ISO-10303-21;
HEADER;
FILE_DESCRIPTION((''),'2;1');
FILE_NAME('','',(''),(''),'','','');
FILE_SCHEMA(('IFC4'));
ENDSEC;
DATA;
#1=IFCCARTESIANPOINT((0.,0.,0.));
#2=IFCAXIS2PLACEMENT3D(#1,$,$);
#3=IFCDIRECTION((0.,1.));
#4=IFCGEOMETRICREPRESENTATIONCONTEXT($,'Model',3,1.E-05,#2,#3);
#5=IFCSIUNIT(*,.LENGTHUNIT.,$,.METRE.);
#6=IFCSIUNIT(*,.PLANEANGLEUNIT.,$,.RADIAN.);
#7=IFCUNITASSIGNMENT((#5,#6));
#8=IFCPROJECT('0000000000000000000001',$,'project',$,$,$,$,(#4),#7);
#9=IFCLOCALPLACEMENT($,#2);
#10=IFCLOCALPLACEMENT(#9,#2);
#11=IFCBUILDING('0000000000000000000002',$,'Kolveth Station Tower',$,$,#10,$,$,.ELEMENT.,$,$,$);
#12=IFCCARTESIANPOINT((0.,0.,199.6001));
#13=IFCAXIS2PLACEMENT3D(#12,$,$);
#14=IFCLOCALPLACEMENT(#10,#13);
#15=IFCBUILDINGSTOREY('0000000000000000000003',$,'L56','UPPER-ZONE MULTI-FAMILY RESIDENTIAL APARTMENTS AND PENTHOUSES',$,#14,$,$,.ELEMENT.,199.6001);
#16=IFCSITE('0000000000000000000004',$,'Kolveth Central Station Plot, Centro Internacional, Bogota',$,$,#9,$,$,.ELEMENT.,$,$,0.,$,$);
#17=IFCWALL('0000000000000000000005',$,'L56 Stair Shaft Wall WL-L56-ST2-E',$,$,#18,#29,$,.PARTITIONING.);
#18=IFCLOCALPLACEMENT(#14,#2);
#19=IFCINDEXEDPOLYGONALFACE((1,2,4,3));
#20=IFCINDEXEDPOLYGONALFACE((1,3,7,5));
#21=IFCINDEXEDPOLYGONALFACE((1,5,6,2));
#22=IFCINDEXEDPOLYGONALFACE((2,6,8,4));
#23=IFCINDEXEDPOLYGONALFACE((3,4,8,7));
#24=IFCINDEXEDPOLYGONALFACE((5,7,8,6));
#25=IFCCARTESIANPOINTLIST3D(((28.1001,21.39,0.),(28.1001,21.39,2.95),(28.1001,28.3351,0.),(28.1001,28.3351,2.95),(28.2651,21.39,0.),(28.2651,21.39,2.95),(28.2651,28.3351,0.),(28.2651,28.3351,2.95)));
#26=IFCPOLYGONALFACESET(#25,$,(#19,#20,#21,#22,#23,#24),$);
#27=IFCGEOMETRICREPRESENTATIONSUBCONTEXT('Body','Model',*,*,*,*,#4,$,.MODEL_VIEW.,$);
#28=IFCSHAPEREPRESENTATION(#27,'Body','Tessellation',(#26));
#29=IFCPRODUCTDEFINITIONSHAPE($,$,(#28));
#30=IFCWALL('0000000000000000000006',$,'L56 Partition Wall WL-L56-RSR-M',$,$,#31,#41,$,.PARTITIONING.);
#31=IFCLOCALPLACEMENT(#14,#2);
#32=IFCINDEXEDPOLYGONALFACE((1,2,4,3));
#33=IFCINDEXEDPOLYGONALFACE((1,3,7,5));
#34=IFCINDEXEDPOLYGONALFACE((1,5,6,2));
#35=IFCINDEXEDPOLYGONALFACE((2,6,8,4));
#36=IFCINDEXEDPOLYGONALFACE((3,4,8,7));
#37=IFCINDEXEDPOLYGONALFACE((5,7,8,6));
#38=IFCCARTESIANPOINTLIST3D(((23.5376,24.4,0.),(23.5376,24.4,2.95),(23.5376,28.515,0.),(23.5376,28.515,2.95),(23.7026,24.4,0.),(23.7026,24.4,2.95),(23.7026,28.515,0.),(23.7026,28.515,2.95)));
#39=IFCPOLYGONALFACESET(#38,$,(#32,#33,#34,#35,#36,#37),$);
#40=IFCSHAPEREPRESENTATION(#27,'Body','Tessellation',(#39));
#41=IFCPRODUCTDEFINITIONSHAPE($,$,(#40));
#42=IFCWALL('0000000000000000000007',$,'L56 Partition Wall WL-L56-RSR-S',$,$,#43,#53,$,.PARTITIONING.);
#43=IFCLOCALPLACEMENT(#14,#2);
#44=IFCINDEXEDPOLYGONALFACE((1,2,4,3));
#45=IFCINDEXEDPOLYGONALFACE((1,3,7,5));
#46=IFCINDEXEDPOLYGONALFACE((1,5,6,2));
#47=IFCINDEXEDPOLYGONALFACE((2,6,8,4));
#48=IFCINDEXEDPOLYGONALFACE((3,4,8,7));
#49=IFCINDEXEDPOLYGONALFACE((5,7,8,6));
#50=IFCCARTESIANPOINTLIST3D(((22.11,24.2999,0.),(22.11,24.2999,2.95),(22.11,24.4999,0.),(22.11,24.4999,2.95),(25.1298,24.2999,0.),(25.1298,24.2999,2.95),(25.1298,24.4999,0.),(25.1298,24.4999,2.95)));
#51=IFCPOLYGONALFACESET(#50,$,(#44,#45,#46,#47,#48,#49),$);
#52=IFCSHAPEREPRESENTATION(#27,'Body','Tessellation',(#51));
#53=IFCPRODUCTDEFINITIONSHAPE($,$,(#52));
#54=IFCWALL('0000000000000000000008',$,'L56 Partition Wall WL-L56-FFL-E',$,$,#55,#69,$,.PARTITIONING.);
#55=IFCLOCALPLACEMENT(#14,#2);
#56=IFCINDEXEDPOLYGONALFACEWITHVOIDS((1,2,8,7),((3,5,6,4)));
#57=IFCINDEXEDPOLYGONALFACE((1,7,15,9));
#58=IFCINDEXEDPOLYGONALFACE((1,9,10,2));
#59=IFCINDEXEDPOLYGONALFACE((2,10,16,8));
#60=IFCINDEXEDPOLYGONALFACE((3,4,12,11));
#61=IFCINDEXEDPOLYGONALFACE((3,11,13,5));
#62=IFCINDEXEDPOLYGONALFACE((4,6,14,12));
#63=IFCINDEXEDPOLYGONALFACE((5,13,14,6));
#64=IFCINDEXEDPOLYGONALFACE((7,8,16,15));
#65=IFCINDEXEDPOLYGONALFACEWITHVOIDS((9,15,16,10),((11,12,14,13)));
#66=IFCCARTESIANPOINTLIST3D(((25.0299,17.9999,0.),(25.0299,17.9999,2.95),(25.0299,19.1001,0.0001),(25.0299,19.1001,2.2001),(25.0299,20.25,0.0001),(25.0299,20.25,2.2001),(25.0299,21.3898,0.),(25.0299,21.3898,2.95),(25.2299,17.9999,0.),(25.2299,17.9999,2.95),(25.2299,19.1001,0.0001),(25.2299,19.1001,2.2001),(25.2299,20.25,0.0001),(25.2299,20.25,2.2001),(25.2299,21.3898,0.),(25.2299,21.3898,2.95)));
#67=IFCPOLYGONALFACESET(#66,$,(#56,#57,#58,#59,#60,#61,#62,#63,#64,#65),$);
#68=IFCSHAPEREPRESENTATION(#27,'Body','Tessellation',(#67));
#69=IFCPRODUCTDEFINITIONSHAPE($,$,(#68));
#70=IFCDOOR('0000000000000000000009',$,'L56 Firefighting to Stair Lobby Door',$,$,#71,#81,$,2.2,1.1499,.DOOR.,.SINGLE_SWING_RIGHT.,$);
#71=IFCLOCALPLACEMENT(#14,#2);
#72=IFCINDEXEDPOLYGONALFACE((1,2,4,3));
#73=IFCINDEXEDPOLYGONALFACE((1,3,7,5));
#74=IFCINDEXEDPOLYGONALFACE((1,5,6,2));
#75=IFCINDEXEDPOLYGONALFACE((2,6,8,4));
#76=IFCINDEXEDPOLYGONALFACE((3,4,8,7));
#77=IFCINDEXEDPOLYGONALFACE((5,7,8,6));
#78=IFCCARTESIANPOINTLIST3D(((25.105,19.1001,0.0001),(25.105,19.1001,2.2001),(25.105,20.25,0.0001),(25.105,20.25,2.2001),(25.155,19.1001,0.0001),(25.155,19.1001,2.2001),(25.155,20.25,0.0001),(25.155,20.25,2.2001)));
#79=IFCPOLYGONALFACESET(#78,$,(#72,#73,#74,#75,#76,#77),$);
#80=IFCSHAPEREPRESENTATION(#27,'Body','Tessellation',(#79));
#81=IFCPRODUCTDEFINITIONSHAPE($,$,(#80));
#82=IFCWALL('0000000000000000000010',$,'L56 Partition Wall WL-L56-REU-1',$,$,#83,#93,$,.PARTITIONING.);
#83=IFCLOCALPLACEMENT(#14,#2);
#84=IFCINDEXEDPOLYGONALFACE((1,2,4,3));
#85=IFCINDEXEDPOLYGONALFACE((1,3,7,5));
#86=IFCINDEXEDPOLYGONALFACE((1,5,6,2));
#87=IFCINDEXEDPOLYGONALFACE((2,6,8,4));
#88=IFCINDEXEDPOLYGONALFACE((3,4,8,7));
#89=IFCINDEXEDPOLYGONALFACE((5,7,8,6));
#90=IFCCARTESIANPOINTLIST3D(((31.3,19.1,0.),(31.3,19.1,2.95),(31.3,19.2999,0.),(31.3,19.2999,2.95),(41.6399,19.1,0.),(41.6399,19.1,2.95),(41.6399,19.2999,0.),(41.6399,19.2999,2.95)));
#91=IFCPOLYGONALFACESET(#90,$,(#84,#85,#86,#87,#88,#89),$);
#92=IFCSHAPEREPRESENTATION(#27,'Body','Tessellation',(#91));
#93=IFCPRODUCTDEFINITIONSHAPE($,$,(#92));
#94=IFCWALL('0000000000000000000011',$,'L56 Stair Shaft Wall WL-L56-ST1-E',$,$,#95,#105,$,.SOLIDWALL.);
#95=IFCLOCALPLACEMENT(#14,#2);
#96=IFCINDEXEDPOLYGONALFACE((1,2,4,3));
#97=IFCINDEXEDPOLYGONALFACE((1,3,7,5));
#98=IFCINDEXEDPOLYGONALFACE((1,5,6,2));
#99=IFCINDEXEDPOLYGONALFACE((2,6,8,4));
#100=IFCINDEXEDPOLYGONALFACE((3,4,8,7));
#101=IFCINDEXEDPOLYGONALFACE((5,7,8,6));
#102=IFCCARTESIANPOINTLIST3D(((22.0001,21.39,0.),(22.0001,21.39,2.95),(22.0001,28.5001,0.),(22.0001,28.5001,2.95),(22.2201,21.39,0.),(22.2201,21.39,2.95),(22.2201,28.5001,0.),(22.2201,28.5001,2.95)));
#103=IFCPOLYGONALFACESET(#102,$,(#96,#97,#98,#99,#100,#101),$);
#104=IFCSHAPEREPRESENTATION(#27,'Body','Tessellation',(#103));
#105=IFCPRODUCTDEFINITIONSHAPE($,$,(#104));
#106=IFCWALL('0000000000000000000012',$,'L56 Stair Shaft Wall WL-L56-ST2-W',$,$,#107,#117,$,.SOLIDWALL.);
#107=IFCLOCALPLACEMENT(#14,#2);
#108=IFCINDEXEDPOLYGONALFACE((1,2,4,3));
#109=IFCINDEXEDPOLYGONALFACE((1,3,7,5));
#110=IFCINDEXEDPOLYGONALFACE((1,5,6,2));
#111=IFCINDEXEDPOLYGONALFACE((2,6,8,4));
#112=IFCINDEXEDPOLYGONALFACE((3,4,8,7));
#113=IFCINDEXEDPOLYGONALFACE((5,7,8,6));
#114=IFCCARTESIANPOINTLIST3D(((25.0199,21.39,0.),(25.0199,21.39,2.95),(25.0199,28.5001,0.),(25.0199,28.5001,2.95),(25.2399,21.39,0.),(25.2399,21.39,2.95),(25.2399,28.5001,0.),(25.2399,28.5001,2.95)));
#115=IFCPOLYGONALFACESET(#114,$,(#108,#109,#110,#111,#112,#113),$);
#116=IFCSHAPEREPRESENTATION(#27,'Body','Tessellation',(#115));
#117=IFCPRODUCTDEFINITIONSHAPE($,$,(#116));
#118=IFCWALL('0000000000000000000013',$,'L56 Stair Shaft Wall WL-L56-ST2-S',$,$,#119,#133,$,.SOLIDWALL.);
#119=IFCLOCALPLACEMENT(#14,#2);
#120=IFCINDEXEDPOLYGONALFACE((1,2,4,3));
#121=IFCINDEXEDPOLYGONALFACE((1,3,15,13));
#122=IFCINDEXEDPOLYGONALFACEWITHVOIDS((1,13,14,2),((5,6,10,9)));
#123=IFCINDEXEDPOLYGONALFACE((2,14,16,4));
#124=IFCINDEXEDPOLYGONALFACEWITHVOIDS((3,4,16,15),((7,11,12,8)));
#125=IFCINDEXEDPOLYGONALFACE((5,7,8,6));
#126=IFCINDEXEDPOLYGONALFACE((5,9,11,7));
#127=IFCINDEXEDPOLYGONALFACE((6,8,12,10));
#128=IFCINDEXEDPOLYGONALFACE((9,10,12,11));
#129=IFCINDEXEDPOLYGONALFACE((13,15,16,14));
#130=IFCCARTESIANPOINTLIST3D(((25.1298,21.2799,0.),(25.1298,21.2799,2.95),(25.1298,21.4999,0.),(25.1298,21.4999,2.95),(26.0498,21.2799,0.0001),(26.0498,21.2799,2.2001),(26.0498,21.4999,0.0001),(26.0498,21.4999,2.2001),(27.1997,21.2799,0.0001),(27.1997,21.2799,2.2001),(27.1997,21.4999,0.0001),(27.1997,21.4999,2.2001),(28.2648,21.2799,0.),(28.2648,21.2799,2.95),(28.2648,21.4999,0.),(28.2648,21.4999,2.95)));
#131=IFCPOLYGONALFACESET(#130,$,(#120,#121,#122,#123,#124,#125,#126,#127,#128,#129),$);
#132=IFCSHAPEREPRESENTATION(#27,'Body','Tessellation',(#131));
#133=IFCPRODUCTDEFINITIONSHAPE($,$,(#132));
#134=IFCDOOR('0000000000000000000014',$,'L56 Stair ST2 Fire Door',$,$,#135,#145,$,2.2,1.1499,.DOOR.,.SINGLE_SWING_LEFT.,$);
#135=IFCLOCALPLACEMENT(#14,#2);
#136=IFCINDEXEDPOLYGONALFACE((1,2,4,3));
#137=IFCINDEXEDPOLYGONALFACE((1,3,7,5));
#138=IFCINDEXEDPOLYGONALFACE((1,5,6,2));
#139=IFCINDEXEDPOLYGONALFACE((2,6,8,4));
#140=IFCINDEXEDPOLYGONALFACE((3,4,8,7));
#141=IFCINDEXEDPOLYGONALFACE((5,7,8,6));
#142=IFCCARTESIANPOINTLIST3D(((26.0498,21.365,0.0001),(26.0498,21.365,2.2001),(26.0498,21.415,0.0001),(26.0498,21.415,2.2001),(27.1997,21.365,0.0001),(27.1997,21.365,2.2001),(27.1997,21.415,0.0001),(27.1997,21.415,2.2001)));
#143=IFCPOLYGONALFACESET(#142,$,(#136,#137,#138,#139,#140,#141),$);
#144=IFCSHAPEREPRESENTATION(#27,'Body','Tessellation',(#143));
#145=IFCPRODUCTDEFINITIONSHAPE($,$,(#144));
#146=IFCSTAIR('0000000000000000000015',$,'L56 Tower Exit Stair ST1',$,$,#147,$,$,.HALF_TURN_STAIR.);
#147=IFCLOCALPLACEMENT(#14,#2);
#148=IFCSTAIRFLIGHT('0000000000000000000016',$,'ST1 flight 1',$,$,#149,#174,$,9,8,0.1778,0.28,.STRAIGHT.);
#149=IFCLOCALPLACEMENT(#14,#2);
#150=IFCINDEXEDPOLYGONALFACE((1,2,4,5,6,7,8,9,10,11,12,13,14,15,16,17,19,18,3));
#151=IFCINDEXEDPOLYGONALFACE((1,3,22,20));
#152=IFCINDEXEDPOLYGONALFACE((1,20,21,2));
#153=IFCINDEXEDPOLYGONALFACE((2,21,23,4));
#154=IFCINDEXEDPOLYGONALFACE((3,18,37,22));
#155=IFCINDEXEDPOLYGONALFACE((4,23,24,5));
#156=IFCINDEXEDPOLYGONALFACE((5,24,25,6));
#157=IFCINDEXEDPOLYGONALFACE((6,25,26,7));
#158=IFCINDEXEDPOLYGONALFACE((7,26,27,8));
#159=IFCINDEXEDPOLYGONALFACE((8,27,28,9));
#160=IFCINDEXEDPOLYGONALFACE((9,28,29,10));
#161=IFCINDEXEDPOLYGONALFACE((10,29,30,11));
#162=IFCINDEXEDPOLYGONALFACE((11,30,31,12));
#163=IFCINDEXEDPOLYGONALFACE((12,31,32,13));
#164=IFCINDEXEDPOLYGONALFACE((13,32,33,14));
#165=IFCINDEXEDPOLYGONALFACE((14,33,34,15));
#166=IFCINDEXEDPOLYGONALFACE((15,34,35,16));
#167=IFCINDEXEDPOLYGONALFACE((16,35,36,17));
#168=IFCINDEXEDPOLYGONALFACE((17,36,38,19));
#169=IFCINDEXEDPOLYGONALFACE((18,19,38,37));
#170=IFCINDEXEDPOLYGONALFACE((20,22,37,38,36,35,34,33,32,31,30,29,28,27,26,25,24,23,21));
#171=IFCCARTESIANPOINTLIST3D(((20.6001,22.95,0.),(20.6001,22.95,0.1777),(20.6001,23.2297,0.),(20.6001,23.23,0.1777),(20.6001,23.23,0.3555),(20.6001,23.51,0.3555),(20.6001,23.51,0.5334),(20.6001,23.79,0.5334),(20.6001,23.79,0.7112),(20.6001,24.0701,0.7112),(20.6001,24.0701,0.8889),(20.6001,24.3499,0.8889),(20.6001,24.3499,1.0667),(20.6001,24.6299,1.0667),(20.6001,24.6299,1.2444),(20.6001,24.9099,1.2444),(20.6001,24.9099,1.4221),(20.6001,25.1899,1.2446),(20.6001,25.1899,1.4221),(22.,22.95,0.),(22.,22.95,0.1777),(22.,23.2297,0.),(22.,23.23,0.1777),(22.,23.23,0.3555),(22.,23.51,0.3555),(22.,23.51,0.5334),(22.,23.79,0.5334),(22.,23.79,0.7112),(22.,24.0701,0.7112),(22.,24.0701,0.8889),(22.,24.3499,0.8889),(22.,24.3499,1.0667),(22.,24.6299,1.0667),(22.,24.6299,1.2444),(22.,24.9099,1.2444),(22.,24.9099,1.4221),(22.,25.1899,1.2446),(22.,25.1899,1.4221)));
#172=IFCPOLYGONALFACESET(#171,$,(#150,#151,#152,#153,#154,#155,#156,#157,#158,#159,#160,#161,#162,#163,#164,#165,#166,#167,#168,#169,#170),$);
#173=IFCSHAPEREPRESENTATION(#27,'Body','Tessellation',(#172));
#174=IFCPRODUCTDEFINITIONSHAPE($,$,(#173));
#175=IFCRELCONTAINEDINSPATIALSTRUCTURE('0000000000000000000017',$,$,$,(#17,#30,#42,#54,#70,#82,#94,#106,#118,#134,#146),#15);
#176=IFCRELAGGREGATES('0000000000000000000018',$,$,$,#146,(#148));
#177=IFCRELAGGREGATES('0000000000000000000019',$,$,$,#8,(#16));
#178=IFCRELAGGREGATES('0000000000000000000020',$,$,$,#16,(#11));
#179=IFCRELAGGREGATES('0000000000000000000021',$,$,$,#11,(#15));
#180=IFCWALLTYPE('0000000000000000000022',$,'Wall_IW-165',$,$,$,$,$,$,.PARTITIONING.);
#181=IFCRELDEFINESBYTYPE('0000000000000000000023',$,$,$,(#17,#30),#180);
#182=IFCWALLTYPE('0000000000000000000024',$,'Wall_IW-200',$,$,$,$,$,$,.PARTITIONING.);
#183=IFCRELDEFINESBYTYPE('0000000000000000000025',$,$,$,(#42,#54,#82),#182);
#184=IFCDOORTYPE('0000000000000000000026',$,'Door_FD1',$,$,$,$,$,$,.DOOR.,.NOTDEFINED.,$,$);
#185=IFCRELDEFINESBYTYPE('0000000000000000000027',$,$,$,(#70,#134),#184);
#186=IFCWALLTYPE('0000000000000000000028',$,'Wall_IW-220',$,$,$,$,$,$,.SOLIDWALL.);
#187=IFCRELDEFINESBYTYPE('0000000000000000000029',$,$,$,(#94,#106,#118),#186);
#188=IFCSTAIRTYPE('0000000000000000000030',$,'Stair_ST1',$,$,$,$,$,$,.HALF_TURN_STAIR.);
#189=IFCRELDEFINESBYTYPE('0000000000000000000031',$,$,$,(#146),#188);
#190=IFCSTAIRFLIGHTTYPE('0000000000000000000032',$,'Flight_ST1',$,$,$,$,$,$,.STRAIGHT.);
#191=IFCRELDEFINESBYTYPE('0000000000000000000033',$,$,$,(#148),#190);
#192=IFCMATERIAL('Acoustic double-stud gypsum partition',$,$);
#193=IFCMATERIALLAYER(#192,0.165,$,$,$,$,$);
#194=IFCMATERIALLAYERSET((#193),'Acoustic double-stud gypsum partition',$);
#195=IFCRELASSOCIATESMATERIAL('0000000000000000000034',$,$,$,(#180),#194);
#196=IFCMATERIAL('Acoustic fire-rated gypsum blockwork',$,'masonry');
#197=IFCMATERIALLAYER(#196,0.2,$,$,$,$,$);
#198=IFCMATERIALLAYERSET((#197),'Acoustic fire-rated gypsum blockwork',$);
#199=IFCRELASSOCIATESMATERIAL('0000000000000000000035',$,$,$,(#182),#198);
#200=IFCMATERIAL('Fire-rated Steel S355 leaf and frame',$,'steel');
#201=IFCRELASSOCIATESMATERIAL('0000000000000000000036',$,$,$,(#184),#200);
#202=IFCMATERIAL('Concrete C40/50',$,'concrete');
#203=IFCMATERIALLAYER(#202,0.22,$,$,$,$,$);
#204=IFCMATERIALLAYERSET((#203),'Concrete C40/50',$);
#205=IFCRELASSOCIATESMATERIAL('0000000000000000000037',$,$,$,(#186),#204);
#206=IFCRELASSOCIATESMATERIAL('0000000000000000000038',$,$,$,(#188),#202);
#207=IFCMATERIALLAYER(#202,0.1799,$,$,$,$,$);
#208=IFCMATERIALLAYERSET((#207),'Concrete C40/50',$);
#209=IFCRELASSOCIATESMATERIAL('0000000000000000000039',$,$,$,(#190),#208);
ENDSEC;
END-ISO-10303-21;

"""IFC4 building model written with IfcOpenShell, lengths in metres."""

from ifc_helpers import new_model, si_unit, direction, frame, frame_2d, origin, place, context, subcontext, project, spatial, polyline, rectangle, outline, extrude, material, layer, layer_set, type_object, element, fill, aggregate, save


model = new_model("IFC4")

# Units and contexts
model_context = context("Model", 3, precision=1e-05, world=origin(), true_north=direction((0.0, 1.0)))
body_context = subcontext(model_context, "Body", "Model", "MODEL_VIEW")
ifc_project = project(units=[si_unit("LENGTHUNIT", "METRE"), si_unit("PLANEANGLEUNIT", "RADIAN")], contexts=[model_context])

# Site, building, storey
site_placement = place(None, origin())
site = spatial("IfcSite", under=ifc_project, at=site_placement, Name="Kolveth Central Station Plot, Centro Internacional, Bogota", CompositionType="ELEMENT", RefElevation=0.0)
building_placement = place(site_placement, origin())
building = spatial("IfcBuilding", under=site, at=building_placement, Name="Kolveth Station Tower", CompositionType="ELEMENT")
storey_placement = place(building_placement, frame((0.0, 0.0, 199.6001)))
storey = spatial("IfcBuildingStorey", under=building, at=storey_placement, Name="L56", Description="UPPER-ZONE MULTI-FAMILY RESIDENTIAL APARTMENTS AND PENTHOUSES", CompositionType="ELEMENT", Elevation=199.6001)

# Walls
ifc_material_1 = material(Name="Acoustic double-stud gypsum partition")
ifc_layer_1 = layer(ifc_material_1, 0.165)
ifc_layer_set_1 = layer_set([ifc_layer_1], Name="Acoustic double-stud gypsum partition")
wall_type_1 = type_object("IfcWallType", Name="Wall_IW-165", PredefinedType="PARTITIONING", material=ifc_layer_set_1)
wall_1_placement = place(storey_placement, frame((28.1826, 21.3899, 0.0), z_axis=(0.0, 0.0, 1.0), x_axis=(0.0, 1.0, 0.0)))
element("IfcWall", 1, at=wall_1_placement, inside=storey, type_object=wall_type_1, Name="L56 Stair Shaft Wall WL-L56-ST2-E", PredefinedType="PARTITIONING", context=body_context, shape_type="SweptSolid", body=[
    extrude(rectangle(XDim=6.9451, YDim=0.165, at=frame_2d((3.4727, 0.0))), origin(), (0.0, 0.0, 1.0), 2.95),
])
wall_2_placement = place(storey_placement, frame((23.6201, 24.3999, 0.0), z_axis=(0.0, 0.0, 1.0), x_axis=(0.0, 1.0, 0.0)))
element("IfcWall", 2, at=wall_2_placement, inside=storey, type_object=wall_type_1, Name="L56 Partition Wall WL-L56-RSR-M", PredefinedType="PARTITIONING", context=body_context, shape_type="SweptSolid", body=[
    extrude(rectangle(XDim=4.115, YDim=0.165, at=frame_2d((2.0576, 0.0))), origin(), (0.0, 0.0, 1.0), 2.95),
])
ifc_material_2 = material(Name="Acoustic fire-rated gypsum blockwork", Category="masonry")
ifc_layer_2 = layer(ifc_material_2, 0.2)
ifc_layer_set_2 = layer_set([ifc_layer_2], Name="Acoustic fire-rated gypsum blockwork")
wall_type_2 = type_object("IfcWallType", Name="Wall_IW-200", PredefinedType="PARTITIONING", material=ifc_layer_set_2)
wall_3_placement = place(storey_placement, frame((22.1101, 24.3999, 0.0), z_axis=(0.0, 0.0, 1.0), x_axis=(1.0, 0.0, 0.0)))
element("IfcWall", 3, at=wall_3_placement, inside=storey, type_object=wall_type_2, Name="L56 Partition Wall WL-L56-RSR-S", PredefinedType="PARTITIONING", context=body_context, shape_type="SweptSolid", body=[
    extrude(rectangle(XDim=3.0198, YDim=0.2, at=frame_2d((1.5098, 0.0))), origin(), (0.0, 0.0, 1.0), 2.95),
])

# Wall, opening, door
wall_4_placement = place(storey_placement, frame((25.1299, 18.0, 0.0), z_axis=(0.0, 0.0, 1.0), x_axis=(0.0, 1.0, 0.0)))
wall_4 = element("IfcWall", 4, at=wall_4_placement, inside=storey, type_object=wall_type_2, Name="L56 Partition Wall WL-L56-FFL-E", PredefinedType="PARTITIONING", context=body_context, shape_type="SweptSolid", body=[
    extrude(rectangle(XDim=3.3899, YDim=0.2, at=frame_2d((1.6948, 0.0))), origin(), (0.0, 0.0, 1.0), 2.95),
])
opening_1_placement = place(wall_4_placement, frame((1.1001, 0.0, 0.0)))
opening_1 = element("IfcOpeningElement", 5, at=opening_1_placement, cuts=wall_4, PredefinedType="OPENING", context=body_context, shape_type="SweptSolid", body=[
    extrude(rectangle(XDim=1.1499, YDim=2.2, at=frame_2d((0.575, 1.1001))), frame((0.0, 0.1099, 0.0), z_axis=(0.0, -1.0, 0.0), x_axis=(1.0, 0.0, 0.0)), (0.0, 0.0, 1.0), 0.22),
])
ifc_material_3 = material(Name="Fire-rated Steel S355 leaf and frame", Category="steel")
door_type = type_object("IfcDoorType", Name="Door_FD1", OperationType="NOTDEFINED", PredefinedType="DOOR", material=ifc_material_3)
door_1_placement = place(opening_1_placement, origin())
door_1 = element("IfcDoor", 6, at=door_1_placement, inside=storey, type_object=door_type, Name="L56 Firefighting to Stair Lobby Door", OperationType="SINGLE_SWING_RIGHT", OverallHeight=2.2, OverallWidth=1.1499, PredefinedType="DOOR", context=body_context, shape_type="SweptSolid", body=[
    extrude(rectangle(XDim=1.1499, YDim=2.2, at=frame_2d((0.575, 1.1001))), frame((0.0, 0.0249, 0.0), z_axis=(0.0, -1.0, 0.0), x_axis=(1.0, 0.0, 0.0)), (0.0, 0.0, 1.0), 0.05),
])
fill(opening_1, door_1)

# Walls
wall_5_placement = place(storey_placement, frame((31.3, 19.2, 0.0), z_axis=(0.0, 0.0, 1.0), x_axis=(1.0, 0.0, 0.0)))
element("IfcWall", 7, at=wall_5_placement, inside=storey, type_object=wall_type_2, Name="L56 Partition Wall WL-L56-REU-1", PredefinedType="PARTITIONING", context=body_context, shape_type="SweptSolid", body=[
    extrude(rectangle(XDim=10.3398, YDim=0.2, at=frame_2d((5.1699, 0.0))), origin(), (0.0, 0.0, 1.0), 2.95),
])
ifc_material_4 = material(Name="Concrete C40/50", Category="concrete")
ifc_layer_3 = layer(ifc_material_4, 0.22)
ifc_layer_set_3 = layer_set([ifc_layer_3], Name="Concrete C40/50")
wall_type_3 = type_object("IfcWallType", Name="Wall_IW-220", PredefinedType="SOLIDWALL", material=ifc_layer_set_3)
for number, where, z_axis, x_axis, name in (
    (8, (22.1101, 21.3899, 0.0), (0.0, 0.0, 1.0), (0.0, 1.0, 0.0), "L56 Stair Shaft Wall WL-L56-ST1-E"),
    (9, (25.1299, 21.3899, 0.0), (0.0, 0.0, 1.0), (0.0, 1.0, 0.0), "L56 Stair Shaft Wall WL-L56-ST2-W"),
):
    element("IfcWall", number, at=place(storey_placement, frame(where, z_axis=z_axis, x_axis=x_axis)), inside=storey, type_object=wall_type_3, Name=name, PredefinedType="SOLIDWALL", context=body_context, shape_type="SweptSolid", body=[
        extrude(rectangle(XDim=7.1101, YDim=0.22, at=frame_2d((3.5552, 0.0))), origin(), (0.0, 0.0, 1.0), 2.95),
    ])

# Wall, opening, door
wall_6_placement = place(storey_placement, frame((25.1299, 21.3899, 0.0), z_axis=(0.0, 0.0, 1.0), x_axis=(1.0, 0.0, 0.0)))
wall_6 = element("IfcWall", 10, at=wall_6_placement, inside=storey, type_object=wall_type_3, Name="L56 Stair Shaft Wall WL-L56-ST2-S", PredefinedType="SOLIDWALL", context=body_context, shape_type="SweptSolid", body=[
    extrude(rectangle(XDim=3.135, YDim=0.22, at=frame_2d((1.5674, 0.0))), origin(), (0.0, 0.0, 1.0), 2.95),
])
opening_2_placement = place(wall_6_placement, frame((0.9199, 0.0, 0.0)))
opening_2 = element("IfcOpeningElement", 11, at=opening_2_placement, cuts=wall_6, PredefinedType="OPENING", context=body_context, shape_type="SweptSolid", body=[
    extrude(rectangle(XDim=1.1499, YDim=2.2, at=frame_2d((0.575, 1.1001))), frame((0.0, 0.1199, 0.0), z_axis=(0.0, -1.0, 0.0), x_axis=(1.0, 0.0, 0.0)), (0.0, 0.0, 1.0), 0.24),
])
door_2_placement = place(opening_2_placement, frame((1.1499, 0.0, 0.0), z_axis=(0.0, 0.0, 1.0), x_axis=(-1.0, 0.0, 0.0)))
door_2 = element("IfcDoor", 12, at=door_2_placement, inside=storey, type_object=door_type, Name="L56 Stair ST2 Fire Door", OperationType="SINGLE_SWING_LEFT", OverallHeight=2.2, OverallWidth=1.1499, PredefinedType="DOOR", context=body_context, shape_type="SweptSolid", body=[
    extrude(rectangle(XDim=1.1499, YDim=2.2, at=frame_2d((0.575, 1.1001))), frame((0.0, 0.0249, 0.0), z_axis=(0.0, -1.0, 0.0), x_axis=(1.0, 0.0, 0.0)), (0.0, 0.0, 1.0), 0.05),
])
fill(opening_2, door_2)

# Stair, stair flight
stair_type_1 = type_object("IfcStairType", Name="Stair_ST1", PredefinedType="HALF_TURN_STAIR", material=ifc_material_4)
stair_1_placement = place(storey_placement, origin())
stair_1 = element("IfcStair", 13, at=stair_1_placement, inside=storey, type_object=stair_type_1, Name="L56 Tower Exit Stair ST1", PredefinedType="HALF_TURN_STAIR")
ifc_layer_4 = layer(ifc_material_4, 0.1799)
ifc_layer_set_4 = layer_set([ifc_layer_4], Name="Concrete C40/50")
stair_flight_type_1 = type_object("IfcStairFlightType", Name="Flight_ST1", PredefinedType="STRAIGHT", material=ifc_layer_set_4)
stair_flight_1_placement = place(storey_placement, frame((21.3, 22.95, 0.0), z_axis=(0.0, 0.0, 1.0), x_axis=(0.0, 1.0, 0.0)))
stair_flight_1 = element("IfcStairFlight", 14, at=stair_flight_1_placement, type_object=stair_flight_type_1, Name="ST1 flight 1", NumberOfRisers=9, NumberOfTreads=8, PredefinedType="STRAIGHT", RiserHeight=0.1778, TreadLength=0.28, context=body_context, shape_type="SweptSolid", body=[
    extrude(outline(polyline([(0.0, 0.0), (0.0, 0.1777), (0.28, 0.1777), (0.28, 0.3555), (0.5601, 0.3555), (0.5601, 0.5334), (0.8401, 0.5334), (0.8401, 0.7112), (1.1201, 0.7112), (1.1201, 0.8889), (1.3999, 0.8889), (1.3999, 1.0667), (1.6799, 1.0667), (1.6799, 1.2444), (1.96, 1.2444), (1.96, 1.4221), (2.24, 1.4221), (2.24, 1.6001), (2.24, 1.2446), (0.2798, 0.0), (0.0, 0.0)])), frame((0.0, 0.7, 0.0), z_axis=(0.0, -1.0, 0.0), x_axis=(1.0, 0.0, 0.0)), (0.0, 0.0, 1.0), 1.3999),
])
aggregate(stair_1, [stair_flight_1])

save(model, "model.ifc")
